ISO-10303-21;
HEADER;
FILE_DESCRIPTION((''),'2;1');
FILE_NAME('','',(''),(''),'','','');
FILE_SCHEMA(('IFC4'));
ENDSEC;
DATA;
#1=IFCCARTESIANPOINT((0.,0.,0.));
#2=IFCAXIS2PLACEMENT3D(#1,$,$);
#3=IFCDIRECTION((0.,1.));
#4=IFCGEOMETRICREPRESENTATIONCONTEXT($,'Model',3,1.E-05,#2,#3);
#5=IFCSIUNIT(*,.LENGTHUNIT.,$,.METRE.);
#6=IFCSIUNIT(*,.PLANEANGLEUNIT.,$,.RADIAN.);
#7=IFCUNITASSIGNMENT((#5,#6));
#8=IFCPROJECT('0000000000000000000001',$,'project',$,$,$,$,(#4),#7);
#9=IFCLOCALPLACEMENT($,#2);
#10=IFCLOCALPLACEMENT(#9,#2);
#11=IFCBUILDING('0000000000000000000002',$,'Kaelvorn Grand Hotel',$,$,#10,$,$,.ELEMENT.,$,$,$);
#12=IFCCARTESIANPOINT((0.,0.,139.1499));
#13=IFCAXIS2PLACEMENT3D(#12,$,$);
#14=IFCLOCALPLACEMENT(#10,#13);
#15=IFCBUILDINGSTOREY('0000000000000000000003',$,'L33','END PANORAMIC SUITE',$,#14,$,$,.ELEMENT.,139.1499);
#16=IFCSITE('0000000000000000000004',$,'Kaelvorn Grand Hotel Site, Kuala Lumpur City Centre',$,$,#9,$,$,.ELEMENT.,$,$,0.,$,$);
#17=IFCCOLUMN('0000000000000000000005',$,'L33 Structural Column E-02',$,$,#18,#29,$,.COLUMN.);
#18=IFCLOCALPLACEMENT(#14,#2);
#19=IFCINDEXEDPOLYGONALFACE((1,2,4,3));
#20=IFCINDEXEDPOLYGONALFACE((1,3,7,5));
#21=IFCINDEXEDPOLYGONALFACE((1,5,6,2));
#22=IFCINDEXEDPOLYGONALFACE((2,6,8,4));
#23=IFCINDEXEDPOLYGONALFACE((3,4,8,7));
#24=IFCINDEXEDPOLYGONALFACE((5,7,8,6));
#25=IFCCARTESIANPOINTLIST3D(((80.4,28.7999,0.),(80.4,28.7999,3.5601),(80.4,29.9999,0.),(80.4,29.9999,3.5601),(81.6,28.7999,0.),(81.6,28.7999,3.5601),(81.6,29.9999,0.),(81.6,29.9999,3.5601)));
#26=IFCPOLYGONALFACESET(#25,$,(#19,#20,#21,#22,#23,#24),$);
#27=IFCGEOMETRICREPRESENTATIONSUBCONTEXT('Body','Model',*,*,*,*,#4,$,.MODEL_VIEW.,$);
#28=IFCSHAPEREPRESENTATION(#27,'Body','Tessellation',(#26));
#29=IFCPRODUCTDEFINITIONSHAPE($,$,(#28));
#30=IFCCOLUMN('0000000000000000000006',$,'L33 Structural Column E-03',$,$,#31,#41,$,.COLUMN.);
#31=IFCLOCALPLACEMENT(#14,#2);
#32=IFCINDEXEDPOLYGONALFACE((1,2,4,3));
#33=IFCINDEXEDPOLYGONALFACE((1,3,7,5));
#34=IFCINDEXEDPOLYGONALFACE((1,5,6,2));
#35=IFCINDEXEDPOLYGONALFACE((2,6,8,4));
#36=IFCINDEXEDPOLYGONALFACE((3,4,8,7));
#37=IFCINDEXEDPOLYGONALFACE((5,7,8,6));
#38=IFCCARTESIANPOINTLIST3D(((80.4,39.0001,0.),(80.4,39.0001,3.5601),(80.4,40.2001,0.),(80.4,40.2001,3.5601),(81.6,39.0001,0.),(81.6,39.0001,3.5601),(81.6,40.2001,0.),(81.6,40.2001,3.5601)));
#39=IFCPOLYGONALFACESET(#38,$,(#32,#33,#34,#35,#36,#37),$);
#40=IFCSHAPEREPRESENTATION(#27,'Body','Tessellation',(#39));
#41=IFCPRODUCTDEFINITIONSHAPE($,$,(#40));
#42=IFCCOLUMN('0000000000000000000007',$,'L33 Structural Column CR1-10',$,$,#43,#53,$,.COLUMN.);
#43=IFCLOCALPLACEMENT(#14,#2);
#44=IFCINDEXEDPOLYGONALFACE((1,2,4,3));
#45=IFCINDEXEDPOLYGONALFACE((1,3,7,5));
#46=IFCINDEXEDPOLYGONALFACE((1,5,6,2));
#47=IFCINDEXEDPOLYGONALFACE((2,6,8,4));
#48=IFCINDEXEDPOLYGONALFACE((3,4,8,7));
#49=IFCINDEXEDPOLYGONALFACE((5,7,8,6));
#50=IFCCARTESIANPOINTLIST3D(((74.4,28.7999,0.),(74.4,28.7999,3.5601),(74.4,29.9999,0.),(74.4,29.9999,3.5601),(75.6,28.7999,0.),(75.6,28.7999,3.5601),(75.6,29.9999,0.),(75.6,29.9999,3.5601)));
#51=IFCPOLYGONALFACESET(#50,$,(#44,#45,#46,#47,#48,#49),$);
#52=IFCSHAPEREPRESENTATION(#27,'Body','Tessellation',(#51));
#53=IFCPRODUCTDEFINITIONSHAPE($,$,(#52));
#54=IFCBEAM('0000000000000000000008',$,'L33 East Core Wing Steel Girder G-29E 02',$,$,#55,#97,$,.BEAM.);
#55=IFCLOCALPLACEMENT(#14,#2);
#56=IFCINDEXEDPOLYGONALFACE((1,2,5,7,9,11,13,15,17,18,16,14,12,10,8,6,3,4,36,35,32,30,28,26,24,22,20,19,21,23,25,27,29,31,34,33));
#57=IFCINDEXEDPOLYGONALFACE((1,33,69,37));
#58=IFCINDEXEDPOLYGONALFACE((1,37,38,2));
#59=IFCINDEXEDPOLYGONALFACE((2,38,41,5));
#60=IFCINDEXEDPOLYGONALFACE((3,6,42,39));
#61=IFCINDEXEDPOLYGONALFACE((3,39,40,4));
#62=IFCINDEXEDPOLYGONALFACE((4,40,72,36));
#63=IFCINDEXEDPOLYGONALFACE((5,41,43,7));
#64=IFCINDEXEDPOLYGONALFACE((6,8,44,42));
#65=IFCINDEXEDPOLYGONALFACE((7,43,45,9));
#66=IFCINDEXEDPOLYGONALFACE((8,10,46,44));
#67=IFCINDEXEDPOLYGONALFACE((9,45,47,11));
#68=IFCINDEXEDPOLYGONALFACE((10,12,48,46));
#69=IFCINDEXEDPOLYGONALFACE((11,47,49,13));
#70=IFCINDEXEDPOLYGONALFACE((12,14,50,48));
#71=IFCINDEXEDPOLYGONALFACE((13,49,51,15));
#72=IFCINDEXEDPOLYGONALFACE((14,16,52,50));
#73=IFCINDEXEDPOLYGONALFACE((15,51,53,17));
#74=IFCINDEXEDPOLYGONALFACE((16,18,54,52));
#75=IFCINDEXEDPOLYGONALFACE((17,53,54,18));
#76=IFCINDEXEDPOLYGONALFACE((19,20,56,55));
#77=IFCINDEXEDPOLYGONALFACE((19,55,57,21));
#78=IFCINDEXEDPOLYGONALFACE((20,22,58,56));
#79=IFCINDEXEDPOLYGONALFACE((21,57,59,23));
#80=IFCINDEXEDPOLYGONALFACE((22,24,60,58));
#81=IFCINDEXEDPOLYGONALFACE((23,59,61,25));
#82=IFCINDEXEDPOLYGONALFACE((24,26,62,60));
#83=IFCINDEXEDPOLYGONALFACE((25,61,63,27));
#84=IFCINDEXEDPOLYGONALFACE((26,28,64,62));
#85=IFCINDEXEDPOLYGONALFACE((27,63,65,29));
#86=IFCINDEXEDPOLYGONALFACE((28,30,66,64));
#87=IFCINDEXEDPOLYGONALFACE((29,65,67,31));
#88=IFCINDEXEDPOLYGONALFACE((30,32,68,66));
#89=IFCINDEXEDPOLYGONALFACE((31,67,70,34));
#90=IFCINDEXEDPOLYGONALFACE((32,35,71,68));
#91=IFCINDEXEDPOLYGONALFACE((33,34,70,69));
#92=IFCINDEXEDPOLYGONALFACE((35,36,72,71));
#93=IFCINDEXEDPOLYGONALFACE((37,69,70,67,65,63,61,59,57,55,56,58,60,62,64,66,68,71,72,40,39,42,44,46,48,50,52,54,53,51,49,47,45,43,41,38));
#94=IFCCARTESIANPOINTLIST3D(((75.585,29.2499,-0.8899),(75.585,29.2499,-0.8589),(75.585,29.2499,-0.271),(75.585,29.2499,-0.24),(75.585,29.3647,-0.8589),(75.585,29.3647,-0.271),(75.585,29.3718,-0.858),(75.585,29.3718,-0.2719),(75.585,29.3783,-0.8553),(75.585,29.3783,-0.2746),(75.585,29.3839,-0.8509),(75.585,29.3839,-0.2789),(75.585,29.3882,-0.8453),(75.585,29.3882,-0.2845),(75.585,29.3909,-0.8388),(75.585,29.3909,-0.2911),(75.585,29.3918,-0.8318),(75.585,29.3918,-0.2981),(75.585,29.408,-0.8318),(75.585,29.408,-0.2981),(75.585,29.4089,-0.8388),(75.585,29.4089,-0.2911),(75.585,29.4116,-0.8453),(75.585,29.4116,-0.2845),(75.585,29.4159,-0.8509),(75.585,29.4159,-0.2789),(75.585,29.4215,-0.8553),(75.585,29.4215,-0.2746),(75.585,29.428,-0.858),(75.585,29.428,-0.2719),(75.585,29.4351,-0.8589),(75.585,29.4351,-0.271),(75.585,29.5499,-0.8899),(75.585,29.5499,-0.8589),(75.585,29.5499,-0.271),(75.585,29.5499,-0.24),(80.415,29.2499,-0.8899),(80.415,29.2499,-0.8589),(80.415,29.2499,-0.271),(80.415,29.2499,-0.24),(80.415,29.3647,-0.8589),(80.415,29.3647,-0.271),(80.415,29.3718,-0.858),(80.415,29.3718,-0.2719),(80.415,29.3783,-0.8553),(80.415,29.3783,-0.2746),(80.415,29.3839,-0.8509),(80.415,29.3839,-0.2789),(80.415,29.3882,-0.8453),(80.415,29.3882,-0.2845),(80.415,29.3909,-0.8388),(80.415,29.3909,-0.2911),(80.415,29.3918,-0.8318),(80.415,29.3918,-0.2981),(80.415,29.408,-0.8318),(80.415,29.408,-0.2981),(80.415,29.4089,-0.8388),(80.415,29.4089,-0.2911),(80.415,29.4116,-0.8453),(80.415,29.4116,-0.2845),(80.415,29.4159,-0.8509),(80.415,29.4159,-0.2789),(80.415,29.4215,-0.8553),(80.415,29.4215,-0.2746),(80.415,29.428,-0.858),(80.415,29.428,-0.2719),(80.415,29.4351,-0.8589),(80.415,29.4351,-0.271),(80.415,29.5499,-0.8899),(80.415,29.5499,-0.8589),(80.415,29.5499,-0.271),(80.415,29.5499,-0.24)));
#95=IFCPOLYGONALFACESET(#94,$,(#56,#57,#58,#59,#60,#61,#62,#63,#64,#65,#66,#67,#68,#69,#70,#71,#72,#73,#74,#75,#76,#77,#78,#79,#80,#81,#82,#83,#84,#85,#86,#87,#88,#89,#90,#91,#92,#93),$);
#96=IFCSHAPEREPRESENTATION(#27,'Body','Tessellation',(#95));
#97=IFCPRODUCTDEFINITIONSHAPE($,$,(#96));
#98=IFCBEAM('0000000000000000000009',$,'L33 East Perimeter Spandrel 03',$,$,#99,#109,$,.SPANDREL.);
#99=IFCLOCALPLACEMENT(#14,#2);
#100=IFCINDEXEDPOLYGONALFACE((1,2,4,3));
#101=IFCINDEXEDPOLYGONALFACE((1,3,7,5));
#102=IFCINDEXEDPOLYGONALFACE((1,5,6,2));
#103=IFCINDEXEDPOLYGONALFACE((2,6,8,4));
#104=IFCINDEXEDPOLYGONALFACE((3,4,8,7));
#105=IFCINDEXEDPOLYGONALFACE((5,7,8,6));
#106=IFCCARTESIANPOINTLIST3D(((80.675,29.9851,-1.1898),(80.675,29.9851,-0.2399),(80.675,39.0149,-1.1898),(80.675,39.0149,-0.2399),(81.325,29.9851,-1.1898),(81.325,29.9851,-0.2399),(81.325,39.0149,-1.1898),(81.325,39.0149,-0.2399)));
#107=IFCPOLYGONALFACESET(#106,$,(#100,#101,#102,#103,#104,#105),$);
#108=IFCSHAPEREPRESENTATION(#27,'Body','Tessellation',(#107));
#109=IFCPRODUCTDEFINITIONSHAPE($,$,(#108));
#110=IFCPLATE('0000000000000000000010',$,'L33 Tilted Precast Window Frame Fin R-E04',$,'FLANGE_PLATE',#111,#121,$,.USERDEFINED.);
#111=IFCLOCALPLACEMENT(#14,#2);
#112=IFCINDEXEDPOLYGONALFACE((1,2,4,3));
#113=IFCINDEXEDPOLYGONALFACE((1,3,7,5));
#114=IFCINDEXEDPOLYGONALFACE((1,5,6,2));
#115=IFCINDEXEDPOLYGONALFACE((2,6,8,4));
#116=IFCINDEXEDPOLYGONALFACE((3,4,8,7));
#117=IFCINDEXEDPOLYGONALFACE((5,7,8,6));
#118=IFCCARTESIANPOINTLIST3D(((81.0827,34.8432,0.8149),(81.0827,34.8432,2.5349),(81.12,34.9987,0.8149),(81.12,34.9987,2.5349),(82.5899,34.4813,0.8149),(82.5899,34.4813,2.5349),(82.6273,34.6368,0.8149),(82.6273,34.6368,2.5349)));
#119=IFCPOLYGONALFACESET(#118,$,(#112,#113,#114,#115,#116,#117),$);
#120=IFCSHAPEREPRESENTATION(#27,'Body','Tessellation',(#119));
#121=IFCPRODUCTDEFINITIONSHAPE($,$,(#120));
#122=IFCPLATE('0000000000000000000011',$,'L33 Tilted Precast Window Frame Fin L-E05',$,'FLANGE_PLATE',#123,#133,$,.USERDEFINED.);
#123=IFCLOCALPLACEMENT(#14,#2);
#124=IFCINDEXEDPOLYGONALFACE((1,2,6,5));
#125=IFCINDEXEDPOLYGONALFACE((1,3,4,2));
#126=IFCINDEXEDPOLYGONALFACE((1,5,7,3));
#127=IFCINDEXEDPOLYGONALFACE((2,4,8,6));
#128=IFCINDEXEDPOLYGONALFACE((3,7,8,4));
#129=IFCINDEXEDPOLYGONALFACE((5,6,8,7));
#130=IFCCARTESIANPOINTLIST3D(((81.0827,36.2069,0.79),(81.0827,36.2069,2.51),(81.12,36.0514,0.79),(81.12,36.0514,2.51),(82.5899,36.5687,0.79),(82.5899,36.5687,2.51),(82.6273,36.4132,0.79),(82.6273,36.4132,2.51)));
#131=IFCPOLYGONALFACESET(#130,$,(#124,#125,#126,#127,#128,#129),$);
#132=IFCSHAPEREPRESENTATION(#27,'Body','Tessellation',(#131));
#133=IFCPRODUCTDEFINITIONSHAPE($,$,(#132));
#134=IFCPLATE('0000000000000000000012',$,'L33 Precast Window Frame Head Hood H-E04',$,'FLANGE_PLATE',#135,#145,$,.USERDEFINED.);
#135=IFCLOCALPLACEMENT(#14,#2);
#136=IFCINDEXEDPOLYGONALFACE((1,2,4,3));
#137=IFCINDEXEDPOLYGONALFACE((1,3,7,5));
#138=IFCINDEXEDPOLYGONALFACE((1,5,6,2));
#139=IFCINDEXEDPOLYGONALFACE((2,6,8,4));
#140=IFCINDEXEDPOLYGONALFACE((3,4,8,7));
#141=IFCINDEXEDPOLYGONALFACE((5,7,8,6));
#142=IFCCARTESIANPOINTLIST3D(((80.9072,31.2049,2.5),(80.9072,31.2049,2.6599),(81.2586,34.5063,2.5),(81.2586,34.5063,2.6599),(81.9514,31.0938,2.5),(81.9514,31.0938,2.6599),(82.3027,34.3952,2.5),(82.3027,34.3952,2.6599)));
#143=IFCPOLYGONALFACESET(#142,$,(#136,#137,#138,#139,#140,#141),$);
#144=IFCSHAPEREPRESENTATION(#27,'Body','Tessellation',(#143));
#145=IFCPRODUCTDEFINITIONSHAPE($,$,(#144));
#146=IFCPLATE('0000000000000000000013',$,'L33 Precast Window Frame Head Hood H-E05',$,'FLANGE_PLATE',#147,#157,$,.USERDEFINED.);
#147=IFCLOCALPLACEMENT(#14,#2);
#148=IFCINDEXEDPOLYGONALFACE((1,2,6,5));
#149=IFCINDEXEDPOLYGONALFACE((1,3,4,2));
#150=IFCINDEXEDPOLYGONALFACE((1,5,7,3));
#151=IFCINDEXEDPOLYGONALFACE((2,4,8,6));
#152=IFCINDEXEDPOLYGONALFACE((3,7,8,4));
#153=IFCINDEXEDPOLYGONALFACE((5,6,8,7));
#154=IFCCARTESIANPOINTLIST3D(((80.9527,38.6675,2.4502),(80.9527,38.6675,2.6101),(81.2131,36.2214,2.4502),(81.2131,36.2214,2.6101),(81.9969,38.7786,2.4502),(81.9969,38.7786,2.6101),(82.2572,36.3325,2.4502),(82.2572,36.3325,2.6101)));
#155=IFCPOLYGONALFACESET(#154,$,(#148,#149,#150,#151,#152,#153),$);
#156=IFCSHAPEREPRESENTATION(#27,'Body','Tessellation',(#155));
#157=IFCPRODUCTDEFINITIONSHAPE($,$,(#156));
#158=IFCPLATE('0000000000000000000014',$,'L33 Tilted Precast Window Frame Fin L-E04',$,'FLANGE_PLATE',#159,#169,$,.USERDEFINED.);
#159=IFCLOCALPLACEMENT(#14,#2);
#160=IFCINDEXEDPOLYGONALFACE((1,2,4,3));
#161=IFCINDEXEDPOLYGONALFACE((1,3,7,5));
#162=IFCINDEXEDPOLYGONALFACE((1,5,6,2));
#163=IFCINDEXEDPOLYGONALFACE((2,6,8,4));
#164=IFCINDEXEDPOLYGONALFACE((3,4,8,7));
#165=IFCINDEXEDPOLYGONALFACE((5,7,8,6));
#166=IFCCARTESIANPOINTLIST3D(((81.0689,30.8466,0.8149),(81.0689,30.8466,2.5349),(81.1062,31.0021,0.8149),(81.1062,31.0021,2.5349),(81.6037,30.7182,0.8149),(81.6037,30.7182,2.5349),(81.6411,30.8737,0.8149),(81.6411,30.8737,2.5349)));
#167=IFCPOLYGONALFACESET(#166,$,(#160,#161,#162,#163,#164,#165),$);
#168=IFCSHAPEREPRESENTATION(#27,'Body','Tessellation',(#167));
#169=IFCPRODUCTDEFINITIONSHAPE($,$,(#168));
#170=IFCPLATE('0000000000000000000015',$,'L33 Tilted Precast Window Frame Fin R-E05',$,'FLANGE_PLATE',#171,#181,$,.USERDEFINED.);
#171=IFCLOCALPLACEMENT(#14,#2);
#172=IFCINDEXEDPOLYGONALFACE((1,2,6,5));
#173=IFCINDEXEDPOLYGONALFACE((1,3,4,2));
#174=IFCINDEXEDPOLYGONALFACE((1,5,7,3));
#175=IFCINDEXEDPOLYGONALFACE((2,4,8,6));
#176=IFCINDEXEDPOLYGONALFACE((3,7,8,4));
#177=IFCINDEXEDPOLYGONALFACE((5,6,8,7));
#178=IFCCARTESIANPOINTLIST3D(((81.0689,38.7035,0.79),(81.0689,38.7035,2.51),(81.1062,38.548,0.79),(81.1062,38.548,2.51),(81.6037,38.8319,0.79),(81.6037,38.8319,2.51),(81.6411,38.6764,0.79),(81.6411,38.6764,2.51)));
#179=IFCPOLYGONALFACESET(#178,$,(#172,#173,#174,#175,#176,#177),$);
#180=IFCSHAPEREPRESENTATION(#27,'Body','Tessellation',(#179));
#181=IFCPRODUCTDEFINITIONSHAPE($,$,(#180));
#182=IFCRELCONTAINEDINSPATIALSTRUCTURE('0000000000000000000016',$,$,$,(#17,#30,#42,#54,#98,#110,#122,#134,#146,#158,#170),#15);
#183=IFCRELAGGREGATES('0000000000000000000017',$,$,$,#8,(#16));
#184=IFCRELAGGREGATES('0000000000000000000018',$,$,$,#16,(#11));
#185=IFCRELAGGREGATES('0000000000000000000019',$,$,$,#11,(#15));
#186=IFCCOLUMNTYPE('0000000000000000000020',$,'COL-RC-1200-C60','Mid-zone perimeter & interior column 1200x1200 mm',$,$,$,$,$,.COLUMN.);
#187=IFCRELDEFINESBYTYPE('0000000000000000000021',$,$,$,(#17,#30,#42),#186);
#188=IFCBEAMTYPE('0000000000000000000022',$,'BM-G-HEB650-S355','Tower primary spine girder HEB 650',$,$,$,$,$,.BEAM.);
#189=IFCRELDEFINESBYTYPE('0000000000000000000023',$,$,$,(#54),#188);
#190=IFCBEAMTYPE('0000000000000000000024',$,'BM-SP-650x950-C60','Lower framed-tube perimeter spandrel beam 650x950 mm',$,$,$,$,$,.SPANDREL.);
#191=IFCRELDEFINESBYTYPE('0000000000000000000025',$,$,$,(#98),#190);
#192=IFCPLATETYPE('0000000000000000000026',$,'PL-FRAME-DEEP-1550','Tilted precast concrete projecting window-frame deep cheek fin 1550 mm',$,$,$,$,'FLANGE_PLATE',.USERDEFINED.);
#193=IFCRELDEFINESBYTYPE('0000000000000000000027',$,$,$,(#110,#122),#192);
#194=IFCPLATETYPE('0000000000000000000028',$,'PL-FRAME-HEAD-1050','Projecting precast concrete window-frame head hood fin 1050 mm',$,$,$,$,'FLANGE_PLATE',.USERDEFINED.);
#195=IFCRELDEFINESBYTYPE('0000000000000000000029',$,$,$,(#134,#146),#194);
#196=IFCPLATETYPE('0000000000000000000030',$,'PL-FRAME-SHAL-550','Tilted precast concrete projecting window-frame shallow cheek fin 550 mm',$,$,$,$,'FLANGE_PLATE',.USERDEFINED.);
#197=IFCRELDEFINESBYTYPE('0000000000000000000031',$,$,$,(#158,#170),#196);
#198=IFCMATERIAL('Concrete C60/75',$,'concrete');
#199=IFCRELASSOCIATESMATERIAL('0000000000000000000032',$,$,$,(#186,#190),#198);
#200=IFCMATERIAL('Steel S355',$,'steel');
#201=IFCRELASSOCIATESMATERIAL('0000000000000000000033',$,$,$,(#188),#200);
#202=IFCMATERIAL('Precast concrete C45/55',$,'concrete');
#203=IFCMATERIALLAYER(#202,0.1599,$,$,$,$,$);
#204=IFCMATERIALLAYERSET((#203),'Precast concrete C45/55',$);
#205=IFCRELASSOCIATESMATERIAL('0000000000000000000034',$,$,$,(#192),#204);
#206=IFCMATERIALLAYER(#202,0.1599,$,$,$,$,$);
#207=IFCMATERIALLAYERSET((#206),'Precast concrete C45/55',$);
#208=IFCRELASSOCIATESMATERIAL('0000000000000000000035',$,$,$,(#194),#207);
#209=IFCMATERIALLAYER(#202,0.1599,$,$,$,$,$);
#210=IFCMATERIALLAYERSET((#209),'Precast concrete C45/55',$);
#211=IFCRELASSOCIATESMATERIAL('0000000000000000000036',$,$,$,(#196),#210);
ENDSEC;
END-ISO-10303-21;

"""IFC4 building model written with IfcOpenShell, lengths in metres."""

from ifc_helpers import new_model, si_unit, direction, frame, origin, origin_2d, place, context, subcontext, project, spatial, rectangle, i_section, extrude, material, layer, layer_set, material_profile, profile_set, type_object, element, save


model = new_model("IFC4")

# Units and contexts
model_context = context("Model", 3, precision=1e-05, world=origin(), true_north=direction((0.0, 1.0)))
body_context = subcontext(model_context, "Body", "Model", "MODEL_VIEW")
ifc_project = project(units=[si_unit("LENGTHUNIT", "METRE"), si_unit("PLANEANGLEUNIT", "RADIAN")], contexts=[model_context])

# Site, building, storey
site_placement = place(None, origin())
site = spatial("IfcSite", under=ifc_project, at=site_placement, Name="Kaelvorn Grand Hotel Site, Kuala Lumpur City Centre", CompositionType="ELEMENT", RefElevation=0.0)
building_placement = place(site_placement, origin())
building = spatial("IfcBuilding", under=site, at=building_placement, Name="Kaelvorn Grand Hotel", CompositionType="ELEMENT")
storey_placement = place(building_placement, frame((0.0, 0.0, 139.1499)))
storey = spatial("IfcBuildingStorey", under=building, at=storey_placement, Name="L33", Description="END PANORAMIC SUITE", CompositionType="ELEMENT", Elevation=139.1499)

# Columns
ifc_material_1 = material(Name="Concrete C60/75", Category="concrete")
ifc_material_profile_1 = material_profile(ifc_material_1, rectangle(XDim=1.2, YDim=1.2, at=origin_2d()), Name="RC COL 1200x1200")
ifc_profile_set_1 = profile_set([ifc_material_profile_1], Name="Concrete C60/75")
column_type = type_object("IfcColumnType", Name="COL-RC-1200-C60", Description="Mid-zone perimeter & interior column 1200x1200 mm", PredefinedType="COLUMN", material=ifc_profile_set_1)
for number, where, z_axis, x_axis, name in (
    (1, (81.0, 29.3999, 0.0), (0.0, 0.0, 1.0), (1.0, 0.0, 0.0), "L33 Structural Column E-02"),
    (2, (81.0, 39.6001, 0.0), (0.0, 0.0, 1.0), (1.0, 0.0, 0.0), "L33 Structural Column E-03"),
    (3, (75.0, 29.3999, 0.0), (0.0, 0.0, 1.0), (1.0, 0.0, 0.0), "L33 Structural Column CR1-10"),
):
    element("IfcColumn", number, at=place(storey_placement, frame(where, z_axis=z_axis, x_axis=x_axis)), inside=storey, type_object=column_type, Name=name, PredefinedType="COLUMN", context=body_context, shape_type="SweptSolid", body=[
        extrude(rectangle(XDim=1.2, YDim=1.2, at=origin_2d()), origin(), (0.0, 0.0, 1.0), 3.5601),
    ])

# Beams
ifc_material_2 = material(Name="Steel S355", Category="steel")
ifc_material_profile_2 = material_profile(ifc_material_2, i_section(OverallWidth=0.3, OverallDepth=0.6499, WebThickness=0.0161, FlangeThickness=0.031, FilletRadius=0.0271, at=origin_2d()), Name="HEB 650")
ifc_profile_set_2 = profile_set([ifc_material_profile_2], Name="Steel S355")
beam_type_1 = type_object("IfcBeamType", Name="BM-G-HEB650-S355", Description="Tower primary spine girder HEB 650", PredefinedType="BEAM", material=ifc_profile_set_2)
beam_1_placement = place(storey_placement, frame((75.585, 29.3999, -0.5649), z_axis=(1.0, 0.0, 0.0), x_axis=(0.0, 1.0, 0.0)))
element("IfcBeam", 4, at=beam_1_placement, inside=storey, type_object=beam_type_1, Name="L33 East Core Wing Steel Girder G-29E 02", PredefinedType="BEAM", context=body_context, shape_type="SweptSolid", body=[
    extrude(i_section(OverallWidth=0.3, OverallDepth=0.6499, WebThickness=0.0161, FlangeThickness=0.031, FilletRadius=0.0271, at=origin_2d()), origin(), (0.0, 0.0, 1.0), 4.8301),
])
ifc_material_profile_3 = material_profile(ifc_material_1, rectangle(XDim=0.6499, YDim=0.95, at=origin_2d()), Name="RC SPANDREL 650x950")
ifc_profile_set_3 = profile_set([ifc_material_profile_3], Name="Concrete C60/75")
beam_type_2 = type_object("IfcBeamType", Name="BM-SP-650x950-C60", Description="Lower framed-tube perimeter spandrel beam 650x950 mm", PredefinedType="SPANDREL", material=ifc_profile_set_3)
beam_2_placement = place(storey_placement, frame((81.0, 29.9851, -0.7148), z_axis=(0.0, 1.0, 0.0), x_axis=(-1.0, 0.0, 0.0)))
element("IfcBeam", 5, at=beam_2_placement, inside=storey, type_object=beam_type_2, Name="L33 East Perimeter Spandrel 03", PredefinedType="SPANDREL", context=body_context, shape_type="SweptSolid", body=[
    extrude(rectangle(XDim=0.6499, YDim=0.95, at=origin_2d()), origin(), (0.0, 0.0, 1.0), 9.0298),
])

# Plates
ifc_material_3 = material(Name="Precast concrete C45/55", Category="concrete")
ifc_layer_1 = layer(ifc_material_3, 0.1599)
ifc_layer_set_1 = layer_set([ifc_layer_1], Name="Precast concrete C45/55")
plate_type_1 = type_object("IfcPlateType", Name="PL-FRAME-DEEP-1550", Description="Tilted precast concrete projecting window-frame deep cheek fin 1550 mm", ElementType="FLANGE_PLATE", PredefinedType="USERDEFINED", material=ifc_layer_set_1)
for number, where, z_axis, x_axis, name in (
    (6, (81.855, 34.74, 0.8149), (0.0, 0.0, 1.0), (0.233445, 0.97237, 0.0), "L33 Tilted Precast Window Frame Fin R-E04"),
    (7, (81.855, 36.3101, 0.79), (0.0, 0.0, 1.0), (-0.233445, 0.97237, 0.0), "L33 Tilted Precast Window Frame Fin L-E05"),
):
    element("IfcPlate", number, at=place(storey_placement, frame(where, z_axis=z_axis, x_axis=x_axis)), inside=storey, type_object=plate_type_1, Name=name, ObjectType="FLANGE_PLATE", PredefinedType="USERDEFINED", context=body_context, shape_type="SweptSolid", body=[
        extrude(rectangle(XDim=0.1599, YDim=1.55, at=origin_2d()), origin(), (0.0, 0.0, 1.0), 1.72),
    ])
ifc_layer_2 = layer(ifc_material_3, 0.1599)
ifc_layer_set_2 = layer_set([ifc_layer_2], Name="Precast concrete C45/55")
plate_type_2 = type_object("IfcPlateType", Name="PL-FRAME-HEAD-1050", Description="Projecting precast concrete window-frame head hood fin 1050 mm", ElementType="FLANGE_PLATE", PredefinedType="USERDEFINED", material=ifc_layer_set_2)
plate_1_placement = place(storey_placement, frame((81.605, 32.8, 2.5), z_axis=(0.0, 0.0, 1.0), x_axis=(0.10583, 0.994384, 0.0)))
element("IfcPlate", 8, at=plate_1_placement, inside=storey, type_object=plate_type_2, Name="L33 Precast Window Frame Head Hood H-E04", ObjectType="FLANGE_PLATE", PredefinedType="USERDEFINED", context=body_context, shape_type="SweptSolid", body=[
    extrude(rectangle(XDim=3.3201, YDim=1.05, at=origin_2d()), origin(), (0.0, 0.0, 1.0), 0.1599),
])
plate_2_placement = place(storey_placement, frame((81.605, 37.5, 2.4502), z_axis=(0.0, 0.0, 1.0), x_axis=(-0.10583, 0.994384, 0.0)))
element("IfcPlate", 9, at=plate_2_placement, inside=storey, type_object=plate_type_2, Name="L33 Precast Window Frame Head Hood H-E05", ObjectType="FLANGE_PLATE", PredefinedType="USERDEFINED", context=body_context, shape_type="SweptSolid", body=[
    extrude(rectangle(XDim=2.46, YDim=1.05, at=origin_2d()), origin(), (0.0, 0.0, 1.0), 0.1599),
])
ifc_layer_3 = layer(ifc_material_3, 0.1599)
ifc_layer_set_3 = layer_set([ifc_layer_3], Name="Precast concrete C45/55")
plate_type_3 = type_object("IfcPlateType", Name="PL-FRAME-SHAL-550", Description="Tilted precast concrete projecting window-frame shallow cheek fin 550 mm", ElementType="FLANGE_PLATE", PredefinedType="USERDEFINED", material=ifc_layer_set_3)
for number, where, z_axis, x_axis, name in (
    (10, (81.355, 30.8601, 0.8149), (0.0, 0.0, 1.0), (0.233445, 0.97237, 0.0), "L33 Tilted Precast Window Frame Fin L-E04"),
    (11, (81.355, 38.6899, 0.79), (0.0, 0.0, 1.0), (-0.233445, 0.97237, 0.0), "L33 Tilted Precast Window Frame Fin R-E05"),
):
    element("IfcPlate", number, at=place(storey_placement, frame(where, z_axis=z_axis, x_axis=x_axis)), inside=storey, type_object=plate_type_3, Name=name, ObjectType="FLANGE_PLATE", PredefinedType="USERDEFINED", context=body_context, shape_type="SweptSolid", body=[
        extrude(rectangle(XDim=0.1599, YDim=0.55, at=origin_2d()), origin(), (0.0, 0.0, 1.0), 1.72),
    ])

save(model, "model.ifc")
